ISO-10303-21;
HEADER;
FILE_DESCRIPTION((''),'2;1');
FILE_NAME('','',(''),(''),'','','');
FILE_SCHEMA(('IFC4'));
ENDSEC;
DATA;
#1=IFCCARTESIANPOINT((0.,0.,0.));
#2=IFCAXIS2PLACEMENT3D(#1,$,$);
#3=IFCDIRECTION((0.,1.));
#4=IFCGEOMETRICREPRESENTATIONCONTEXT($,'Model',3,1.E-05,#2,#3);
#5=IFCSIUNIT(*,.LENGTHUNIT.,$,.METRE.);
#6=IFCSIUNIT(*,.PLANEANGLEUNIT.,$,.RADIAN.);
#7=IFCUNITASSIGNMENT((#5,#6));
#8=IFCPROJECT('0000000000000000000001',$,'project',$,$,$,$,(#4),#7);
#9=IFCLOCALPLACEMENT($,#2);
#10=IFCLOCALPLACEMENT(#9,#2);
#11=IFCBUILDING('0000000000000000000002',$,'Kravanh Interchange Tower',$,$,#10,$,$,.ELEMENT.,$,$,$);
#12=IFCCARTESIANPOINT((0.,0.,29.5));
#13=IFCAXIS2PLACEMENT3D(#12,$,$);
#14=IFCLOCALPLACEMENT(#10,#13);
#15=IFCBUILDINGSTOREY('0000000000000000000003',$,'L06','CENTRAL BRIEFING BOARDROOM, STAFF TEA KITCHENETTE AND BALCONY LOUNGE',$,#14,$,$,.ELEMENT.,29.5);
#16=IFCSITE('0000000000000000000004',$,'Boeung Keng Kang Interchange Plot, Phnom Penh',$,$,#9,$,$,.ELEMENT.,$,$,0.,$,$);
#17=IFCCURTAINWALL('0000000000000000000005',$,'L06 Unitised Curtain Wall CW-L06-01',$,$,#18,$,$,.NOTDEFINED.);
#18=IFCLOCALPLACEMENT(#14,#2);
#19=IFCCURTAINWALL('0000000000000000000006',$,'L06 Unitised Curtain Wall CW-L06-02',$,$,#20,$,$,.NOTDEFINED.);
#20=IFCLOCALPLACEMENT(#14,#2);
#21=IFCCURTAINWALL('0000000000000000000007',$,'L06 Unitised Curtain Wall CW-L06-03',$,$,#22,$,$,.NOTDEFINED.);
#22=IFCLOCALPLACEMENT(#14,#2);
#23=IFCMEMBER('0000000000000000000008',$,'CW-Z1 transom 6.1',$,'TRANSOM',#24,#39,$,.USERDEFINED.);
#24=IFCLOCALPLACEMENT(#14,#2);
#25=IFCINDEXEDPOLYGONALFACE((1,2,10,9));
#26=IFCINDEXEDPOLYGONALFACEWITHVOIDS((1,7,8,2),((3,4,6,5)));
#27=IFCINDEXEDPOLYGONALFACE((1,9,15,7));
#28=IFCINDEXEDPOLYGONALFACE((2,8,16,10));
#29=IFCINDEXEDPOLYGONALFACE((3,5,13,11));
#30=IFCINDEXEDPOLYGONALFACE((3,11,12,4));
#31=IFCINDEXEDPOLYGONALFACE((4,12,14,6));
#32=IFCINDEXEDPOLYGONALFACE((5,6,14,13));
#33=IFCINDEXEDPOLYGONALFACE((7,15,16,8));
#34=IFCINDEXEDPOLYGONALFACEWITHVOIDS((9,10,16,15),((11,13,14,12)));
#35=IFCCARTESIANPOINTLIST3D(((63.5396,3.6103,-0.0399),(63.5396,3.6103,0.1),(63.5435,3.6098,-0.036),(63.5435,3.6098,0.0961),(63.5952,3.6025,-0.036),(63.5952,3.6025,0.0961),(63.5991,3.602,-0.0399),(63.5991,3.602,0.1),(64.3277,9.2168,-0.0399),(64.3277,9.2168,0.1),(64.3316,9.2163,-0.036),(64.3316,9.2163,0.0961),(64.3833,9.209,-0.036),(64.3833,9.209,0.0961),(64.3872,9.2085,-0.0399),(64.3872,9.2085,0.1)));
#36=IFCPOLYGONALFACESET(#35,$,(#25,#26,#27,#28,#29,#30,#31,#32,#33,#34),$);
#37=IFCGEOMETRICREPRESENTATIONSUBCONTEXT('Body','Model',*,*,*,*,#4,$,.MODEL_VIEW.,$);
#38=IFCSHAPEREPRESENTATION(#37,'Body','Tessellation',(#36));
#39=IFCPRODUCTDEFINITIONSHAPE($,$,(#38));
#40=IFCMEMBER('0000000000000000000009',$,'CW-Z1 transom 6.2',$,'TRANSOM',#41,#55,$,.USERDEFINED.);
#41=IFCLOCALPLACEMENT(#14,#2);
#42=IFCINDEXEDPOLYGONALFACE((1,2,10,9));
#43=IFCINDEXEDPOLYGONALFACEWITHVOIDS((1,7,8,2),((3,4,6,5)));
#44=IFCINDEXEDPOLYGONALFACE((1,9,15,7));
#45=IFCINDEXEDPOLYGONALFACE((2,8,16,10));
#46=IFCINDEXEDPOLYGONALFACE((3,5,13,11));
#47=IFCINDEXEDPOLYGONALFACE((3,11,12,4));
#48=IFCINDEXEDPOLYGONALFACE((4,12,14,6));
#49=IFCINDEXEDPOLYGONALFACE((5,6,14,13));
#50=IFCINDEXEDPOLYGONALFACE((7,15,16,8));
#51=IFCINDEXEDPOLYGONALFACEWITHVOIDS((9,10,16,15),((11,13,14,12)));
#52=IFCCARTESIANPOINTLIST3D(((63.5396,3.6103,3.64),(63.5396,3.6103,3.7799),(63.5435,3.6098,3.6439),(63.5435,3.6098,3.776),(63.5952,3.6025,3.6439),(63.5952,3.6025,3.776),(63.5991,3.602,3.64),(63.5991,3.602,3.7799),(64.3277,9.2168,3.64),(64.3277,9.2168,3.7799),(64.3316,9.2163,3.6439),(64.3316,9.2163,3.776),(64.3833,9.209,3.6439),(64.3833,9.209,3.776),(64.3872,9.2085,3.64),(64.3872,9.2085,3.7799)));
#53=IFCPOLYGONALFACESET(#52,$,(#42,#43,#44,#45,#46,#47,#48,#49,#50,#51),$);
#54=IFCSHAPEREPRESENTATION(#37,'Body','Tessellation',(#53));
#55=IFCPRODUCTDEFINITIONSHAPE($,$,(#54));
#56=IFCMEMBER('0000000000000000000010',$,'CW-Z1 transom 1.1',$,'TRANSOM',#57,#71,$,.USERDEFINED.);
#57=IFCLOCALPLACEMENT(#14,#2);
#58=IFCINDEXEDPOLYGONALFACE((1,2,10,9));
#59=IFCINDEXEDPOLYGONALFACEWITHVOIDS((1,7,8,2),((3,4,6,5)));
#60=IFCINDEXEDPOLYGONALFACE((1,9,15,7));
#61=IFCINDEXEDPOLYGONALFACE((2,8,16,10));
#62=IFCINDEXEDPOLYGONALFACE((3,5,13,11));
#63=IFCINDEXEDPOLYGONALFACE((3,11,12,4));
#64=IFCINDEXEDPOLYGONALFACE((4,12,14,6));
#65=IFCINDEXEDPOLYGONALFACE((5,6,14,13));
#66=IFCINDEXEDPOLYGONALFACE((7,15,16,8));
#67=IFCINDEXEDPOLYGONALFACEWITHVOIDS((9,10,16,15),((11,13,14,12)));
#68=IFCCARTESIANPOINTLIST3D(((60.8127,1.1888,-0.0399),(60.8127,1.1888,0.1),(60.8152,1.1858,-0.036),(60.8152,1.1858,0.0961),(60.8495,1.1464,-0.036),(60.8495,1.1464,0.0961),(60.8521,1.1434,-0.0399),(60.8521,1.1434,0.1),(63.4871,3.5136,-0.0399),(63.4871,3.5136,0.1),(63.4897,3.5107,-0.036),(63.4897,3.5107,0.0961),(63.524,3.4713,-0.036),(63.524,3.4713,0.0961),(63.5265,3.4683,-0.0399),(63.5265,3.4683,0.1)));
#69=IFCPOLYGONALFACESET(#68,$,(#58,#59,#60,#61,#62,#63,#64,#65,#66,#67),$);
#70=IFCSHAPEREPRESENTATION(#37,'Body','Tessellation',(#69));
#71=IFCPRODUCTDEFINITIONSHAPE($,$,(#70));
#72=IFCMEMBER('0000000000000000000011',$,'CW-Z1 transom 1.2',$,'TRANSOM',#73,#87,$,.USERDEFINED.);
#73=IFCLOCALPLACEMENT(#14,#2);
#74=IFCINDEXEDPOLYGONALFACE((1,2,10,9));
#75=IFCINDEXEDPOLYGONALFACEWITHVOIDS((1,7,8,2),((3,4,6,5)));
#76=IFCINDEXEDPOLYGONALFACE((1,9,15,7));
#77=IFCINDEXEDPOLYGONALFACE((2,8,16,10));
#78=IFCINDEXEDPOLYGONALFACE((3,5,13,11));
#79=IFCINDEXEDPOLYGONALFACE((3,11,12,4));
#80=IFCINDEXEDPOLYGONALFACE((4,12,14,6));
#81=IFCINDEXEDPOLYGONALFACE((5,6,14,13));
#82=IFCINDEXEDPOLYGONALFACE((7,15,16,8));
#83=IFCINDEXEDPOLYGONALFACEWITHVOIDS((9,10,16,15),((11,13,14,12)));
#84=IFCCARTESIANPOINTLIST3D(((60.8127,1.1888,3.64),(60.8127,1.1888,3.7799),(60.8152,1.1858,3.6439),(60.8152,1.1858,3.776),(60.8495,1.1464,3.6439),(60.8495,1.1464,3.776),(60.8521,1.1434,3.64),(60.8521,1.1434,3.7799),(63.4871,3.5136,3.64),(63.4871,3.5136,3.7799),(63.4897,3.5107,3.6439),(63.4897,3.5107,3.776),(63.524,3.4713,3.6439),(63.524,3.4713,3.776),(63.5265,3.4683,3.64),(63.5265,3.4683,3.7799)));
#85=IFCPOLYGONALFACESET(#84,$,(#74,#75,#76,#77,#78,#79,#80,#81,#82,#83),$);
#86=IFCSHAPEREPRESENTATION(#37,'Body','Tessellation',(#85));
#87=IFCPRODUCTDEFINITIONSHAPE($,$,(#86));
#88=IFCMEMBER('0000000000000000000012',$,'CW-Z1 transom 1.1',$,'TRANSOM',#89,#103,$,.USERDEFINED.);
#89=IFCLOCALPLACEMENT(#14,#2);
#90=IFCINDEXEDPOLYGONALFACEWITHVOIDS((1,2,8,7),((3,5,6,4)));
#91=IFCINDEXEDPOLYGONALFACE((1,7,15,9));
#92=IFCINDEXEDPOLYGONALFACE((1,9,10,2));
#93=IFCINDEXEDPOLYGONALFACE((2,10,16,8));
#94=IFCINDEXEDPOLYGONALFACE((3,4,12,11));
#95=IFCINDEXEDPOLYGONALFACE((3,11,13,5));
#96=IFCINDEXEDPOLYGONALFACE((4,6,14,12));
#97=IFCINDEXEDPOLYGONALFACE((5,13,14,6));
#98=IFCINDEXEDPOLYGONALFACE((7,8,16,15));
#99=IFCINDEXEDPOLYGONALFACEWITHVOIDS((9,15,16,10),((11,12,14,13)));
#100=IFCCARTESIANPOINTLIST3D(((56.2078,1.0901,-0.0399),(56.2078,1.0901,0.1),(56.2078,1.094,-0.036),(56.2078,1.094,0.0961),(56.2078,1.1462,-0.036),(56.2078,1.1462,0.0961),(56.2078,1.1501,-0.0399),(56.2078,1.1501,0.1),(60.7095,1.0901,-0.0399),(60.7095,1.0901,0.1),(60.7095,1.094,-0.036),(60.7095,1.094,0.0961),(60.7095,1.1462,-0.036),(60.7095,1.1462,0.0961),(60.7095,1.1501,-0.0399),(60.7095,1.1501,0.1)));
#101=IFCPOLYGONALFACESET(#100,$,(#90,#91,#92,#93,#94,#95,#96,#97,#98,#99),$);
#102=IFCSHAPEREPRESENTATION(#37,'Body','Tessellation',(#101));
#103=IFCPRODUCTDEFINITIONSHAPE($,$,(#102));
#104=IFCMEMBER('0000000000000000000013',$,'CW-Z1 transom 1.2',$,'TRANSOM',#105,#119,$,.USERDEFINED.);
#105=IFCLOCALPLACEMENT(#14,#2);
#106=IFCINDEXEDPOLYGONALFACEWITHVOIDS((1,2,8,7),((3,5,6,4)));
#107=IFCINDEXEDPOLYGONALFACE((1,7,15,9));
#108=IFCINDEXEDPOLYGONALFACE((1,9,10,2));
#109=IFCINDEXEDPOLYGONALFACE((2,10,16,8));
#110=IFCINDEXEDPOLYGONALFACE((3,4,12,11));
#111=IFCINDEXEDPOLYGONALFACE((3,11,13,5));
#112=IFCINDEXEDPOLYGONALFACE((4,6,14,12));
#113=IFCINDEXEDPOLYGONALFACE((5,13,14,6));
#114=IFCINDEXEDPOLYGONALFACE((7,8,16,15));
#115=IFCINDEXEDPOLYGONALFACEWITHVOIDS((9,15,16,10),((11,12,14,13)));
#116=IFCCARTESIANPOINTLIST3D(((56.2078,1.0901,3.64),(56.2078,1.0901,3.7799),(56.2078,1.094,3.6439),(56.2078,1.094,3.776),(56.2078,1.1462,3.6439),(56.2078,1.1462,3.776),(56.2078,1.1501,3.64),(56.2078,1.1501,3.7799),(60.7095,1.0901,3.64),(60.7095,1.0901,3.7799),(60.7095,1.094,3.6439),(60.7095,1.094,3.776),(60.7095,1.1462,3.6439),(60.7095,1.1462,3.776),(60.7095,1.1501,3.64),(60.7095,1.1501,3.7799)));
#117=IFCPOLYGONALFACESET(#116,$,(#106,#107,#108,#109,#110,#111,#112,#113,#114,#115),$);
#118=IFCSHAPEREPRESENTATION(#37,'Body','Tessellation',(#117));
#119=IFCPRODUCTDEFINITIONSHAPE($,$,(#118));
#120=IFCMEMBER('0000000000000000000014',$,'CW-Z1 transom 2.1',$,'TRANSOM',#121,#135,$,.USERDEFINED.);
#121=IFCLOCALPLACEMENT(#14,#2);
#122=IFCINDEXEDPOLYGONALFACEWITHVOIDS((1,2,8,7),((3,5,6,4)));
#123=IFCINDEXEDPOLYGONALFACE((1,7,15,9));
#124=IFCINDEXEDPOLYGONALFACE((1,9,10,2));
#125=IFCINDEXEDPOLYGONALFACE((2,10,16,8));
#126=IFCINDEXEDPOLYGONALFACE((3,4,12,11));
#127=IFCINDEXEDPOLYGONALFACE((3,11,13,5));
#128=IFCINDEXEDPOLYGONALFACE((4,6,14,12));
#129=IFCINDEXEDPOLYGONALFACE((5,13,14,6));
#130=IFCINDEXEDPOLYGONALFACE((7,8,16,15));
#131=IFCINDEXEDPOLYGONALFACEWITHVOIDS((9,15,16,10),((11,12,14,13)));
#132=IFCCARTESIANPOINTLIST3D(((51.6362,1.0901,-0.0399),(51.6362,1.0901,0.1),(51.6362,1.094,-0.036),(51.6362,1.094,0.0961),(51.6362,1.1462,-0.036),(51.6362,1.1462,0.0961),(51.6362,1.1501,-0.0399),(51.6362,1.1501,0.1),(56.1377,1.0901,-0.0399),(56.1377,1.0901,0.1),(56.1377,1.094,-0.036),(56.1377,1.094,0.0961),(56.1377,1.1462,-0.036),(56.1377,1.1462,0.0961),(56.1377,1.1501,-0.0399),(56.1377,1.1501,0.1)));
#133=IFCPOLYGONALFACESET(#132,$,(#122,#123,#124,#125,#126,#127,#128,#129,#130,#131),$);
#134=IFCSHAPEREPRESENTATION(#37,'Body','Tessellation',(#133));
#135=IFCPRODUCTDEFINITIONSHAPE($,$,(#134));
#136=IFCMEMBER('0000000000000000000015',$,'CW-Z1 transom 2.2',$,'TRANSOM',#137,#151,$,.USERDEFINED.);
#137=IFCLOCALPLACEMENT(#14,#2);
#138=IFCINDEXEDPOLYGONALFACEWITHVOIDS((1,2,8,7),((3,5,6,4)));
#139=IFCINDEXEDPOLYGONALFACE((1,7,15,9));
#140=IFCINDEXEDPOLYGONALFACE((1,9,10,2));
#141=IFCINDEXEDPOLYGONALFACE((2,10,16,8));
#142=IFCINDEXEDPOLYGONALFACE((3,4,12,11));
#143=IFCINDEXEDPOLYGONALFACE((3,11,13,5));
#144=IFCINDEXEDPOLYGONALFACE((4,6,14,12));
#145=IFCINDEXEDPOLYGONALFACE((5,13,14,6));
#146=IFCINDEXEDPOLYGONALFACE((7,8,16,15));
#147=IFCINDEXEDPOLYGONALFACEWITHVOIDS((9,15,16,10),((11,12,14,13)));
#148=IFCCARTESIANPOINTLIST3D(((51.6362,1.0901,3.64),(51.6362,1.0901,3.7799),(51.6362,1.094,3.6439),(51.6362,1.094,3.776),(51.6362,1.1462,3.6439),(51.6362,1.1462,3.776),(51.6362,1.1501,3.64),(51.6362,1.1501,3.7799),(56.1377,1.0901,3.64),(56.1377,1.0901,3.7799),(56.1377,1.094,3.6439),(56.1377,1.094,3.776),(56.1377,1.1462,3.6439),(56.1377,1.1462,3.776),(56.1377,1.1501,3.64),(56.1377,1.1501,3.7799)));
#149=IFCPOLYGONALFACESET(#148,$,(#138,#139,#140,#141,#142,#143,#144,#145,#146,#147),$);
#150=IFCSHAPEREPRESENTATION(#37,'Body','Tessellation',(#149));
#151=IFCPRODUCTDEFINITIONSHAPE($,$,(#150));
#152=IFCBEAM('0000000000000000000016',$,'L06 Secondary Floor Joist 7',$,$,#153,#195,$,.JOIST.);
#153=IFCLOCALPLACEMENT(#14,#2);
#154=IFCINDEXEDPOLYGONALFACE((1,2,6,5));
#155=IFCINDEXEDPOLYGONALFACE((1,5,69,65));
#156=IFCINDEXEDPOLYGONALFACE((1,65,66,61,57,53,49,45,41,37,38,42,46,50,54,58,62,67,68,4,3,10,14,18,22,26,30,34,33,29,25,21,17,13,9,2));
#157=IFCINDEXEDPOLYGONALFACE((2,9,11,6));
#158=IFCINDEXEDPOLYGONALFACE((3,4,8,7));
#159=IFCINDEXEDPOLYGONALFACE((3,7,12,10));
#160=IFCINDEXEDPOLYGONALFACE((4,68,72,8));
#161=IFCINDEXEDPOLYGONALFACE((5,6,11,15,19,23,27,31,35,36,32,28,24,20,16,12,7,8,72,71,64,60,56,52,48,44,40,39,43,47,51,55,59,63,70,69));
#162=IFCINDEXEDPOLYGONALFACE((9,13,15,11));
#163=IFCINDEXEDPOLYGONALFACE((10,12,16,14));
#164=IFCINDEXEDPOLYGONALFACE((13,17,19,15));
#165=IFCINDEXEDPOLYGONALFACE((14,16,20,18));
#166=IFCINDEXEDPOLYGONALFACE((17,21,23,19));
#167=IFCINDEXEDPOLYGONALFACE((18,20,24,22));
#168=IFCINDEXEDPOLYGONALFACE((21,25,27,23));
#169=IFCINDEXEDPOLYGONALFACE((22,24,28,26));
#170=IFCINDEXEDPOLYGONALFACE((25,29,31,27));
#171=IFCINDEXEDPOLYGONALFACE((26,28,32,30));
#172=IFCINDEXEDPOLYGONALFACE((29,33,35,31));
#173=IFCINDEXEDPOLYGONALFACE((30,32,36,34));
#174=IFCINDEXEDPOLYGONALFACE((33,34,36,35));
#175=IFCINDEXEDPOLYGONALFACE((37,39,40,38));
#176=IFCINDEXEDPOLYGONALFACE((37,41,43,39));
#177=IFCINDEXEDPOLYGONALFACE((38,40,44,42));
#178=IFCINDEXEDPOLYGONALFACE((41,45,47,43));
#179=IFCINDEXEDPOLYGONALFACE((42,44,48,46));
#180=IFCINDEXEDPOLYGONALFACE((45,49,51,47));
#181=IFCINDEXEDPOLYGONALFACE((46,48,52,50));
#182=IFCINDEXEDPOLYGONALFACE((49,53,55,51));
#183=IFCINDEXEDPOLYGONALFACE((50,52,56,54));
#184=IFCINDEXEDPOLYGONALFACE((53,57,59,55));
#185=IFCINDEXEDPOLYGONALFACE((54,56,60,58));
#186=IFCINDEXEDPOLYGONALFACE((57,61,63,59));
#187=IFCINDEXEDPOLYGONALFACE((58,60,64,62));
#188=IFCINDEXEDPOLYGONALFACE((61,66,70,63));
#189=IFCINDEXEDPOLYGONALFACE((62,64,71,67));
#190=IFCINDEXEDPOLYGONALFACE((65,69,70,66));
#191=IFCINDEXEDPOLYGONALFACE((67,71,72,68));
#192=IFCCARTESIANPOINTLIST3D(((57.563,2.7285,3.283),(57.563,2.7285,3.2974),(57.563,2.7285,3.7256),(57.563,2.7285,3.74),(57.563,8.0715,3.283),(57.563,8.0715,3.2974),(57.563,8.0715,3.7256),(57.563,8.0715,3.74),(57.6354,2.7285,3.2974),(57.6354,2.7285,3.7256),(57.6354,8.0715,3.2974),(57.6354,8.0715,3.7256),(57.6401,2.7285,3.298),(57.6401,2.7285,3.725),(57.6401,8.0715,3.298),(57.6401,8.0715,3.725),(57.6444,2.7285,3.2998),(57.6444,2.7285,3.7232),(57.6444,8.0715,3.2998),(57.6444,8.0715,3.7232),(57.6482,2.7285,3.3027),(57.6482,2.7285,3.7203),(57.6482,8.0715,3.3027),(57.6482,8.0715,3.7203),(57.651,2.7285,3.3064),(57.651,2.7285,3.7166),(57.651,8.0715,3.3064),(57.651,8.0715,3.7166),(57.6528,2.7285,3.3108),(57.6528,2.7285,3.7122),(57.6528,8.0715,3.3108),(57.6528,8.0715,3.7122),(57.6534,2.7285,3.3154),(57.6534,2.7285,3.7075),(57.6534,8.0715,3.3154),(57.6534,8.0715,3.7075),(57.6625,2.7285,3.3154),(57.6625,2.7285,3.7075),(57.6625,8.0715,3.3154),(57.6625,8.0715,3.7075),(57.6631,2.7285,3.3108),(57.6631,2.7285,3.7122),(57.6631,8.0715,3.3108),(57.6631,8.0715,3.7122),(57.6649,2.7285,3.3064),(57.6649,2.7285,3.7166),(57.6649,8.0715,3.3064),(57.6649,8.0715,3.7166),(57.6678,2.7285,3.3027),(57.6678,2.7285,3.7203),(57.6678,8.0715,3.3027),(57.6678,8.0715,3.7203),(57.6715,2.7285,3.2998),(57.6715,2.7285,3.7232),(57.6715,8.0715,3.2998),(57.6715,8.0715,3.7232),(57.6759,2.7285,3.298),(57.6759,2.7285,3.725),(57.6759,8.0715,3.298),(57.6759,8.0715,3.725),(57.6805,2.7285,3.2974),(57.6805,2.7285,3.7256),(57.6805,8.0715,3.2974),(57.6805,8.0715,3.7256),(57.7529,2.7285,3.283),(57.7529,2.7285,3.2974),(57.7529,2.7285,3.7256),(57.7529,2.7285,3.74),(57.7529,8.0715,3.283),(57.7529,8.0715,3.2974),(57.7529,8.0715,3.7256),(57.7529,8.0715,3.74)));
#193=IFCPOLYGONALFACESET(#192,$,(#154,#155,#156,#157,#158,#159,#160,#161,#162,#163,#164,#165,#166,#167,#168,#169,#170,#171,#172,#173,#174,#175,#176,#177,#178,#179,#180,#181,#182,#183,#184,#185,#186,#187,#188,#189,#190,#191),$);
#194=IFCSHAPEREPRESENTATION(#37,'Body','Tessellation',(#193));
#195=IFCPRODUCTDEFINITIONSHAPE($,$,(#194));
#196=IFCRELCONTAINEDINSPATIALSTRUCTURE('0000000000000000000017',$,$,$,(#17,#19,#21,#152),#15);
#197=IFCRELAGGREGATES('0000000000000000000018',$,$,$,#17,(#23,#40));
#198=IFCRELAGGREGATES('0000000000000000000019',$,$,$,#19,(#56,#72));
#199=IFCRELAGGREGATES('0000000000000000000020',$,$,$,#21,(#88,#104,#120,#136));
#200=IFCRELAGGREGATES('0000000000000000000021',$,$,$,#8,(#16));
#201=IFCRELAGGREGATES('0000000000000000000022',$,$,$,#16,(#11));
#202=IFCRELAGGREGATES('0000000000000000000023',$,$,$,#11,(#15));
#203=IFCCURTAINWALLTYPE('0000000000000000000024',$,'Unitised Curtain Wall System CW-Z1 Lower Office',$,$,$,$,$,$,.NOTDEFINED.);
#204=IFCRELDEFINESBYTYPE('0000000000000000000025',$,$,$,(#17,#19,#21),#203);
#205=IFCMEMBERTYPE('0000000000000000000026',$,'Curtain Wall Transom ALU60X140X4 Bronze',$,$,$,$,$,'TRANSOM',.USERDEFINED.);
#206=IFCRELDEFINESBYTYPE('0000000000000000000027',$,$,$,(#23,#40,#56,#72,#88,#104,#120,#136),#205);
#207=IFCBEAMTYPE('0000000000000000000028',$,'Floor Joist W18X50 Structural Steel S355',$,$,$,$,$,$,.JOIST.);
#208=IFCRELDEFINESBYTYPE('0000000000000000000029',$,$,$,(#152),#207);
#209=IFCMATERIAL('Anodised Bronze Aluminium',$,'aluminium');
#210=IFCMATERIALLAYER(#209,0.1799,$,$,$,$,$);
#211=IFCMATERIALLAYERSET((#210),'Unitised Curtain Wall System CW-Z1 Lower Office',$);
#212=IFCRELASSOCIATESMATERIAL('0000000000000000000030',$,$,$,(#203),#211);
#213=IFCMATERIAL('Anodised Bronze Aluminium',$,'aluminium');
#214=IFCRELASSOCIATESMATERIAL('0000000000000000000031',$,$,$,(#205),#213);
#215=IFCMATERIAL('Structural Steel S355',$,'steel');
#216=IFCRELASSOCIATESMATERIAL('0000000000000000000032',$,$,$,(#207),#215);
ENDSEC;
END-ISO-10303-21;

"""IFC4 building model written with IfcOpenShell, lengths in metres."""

from ifc_helpers import new_model, si_unit, direction, frame, origin, origin_2d, place, context, subcontext, project, spatial, hollow_rectangle, i_section, extrude, material, layer, layer_set, material_profile, profile_set, type_object, element, aggregate, save


model = new_model("IFC4")

# Units and contexts
model_context = context("Model", 3, precision=1e-05, world=origin(), true_north=direction((0.0, 1.0)))
body_context = subcontext(model_context, "Body", "Model", "MODEL_VIEW")
ifc_project = project(units=[si_unit("LENGTHUNIT", "METRE"), si_unit("PLANEANGLEUNIT", "RADIAN")], contexts=[model_context])

# Site, building, storey
site_placement = place(None, origin())
site = spatial("IfcSite", under=ifc_project, at=site_placement, Name="Boeung Keng Kang Interchange Plot, Phnom Penh", CompositionType="ELEMENT", RefElevation=0.0)
building_placement = place(site_placement, origin())
building = spatial("IfcBuilding", under=site, at=building_placement, Name="Kravanh Interchange Tower", CompositionType="ELEMENT")
storey_placement = place(building_placement, frame((0.0, 0.0, 29.5)))
storey = spatial("IfcBuildingStorey", under=building, at=storey_placement, Name="L06", Description="CENTRAL BRIEFING BOARDROOM, STAFF TEA KITCHENETTE AND BALCONY LOUNGE", CompositionType="ELEMENT", Elevation=29.5)

# Curtain wall
ifc_material_1 = material(Name="Anodised Bronze Aluminium", Category="aluminium")
ifc_layer_1 = layer(ifc_material_1, 0.1799)
ifc_layer_set_1 = layer_set([ifc_layer_1], Name="Unitised Curtain Wall System CW-Z1 Lower Office")
curtain_wall_type = type_object("IfcCurtainWallType", Name="Unitised Curtain Wall System CW-Z1 Lower Office", PredefinedType="NOTDEFINED", material=ifc_layer_set_1)
curtain_wall_1_placement = place(storey_placement, origin())
curtain_wall_1 = element("IfcCurtainWall", 1, at=curtain_wall_1_placement, inside=storey, type_object=curtain_wall_type, Name="L06 Unitised Curtain Wall CW-L06-01", PredefinedType="NOTDEFINED")

# Curtain walls
curtain_wall_2_placement = place(storey_placement, origin())
curtain_wall_2 = element("IfcCurtainWall", 2, at=curtain_wall_2_placement, inside=storey, type_object=curtain_wall_type, Name="L06 Unitised Curtain Wall CW-L06-02", PredefinedType="NOTDEFINED")
curtain_wall_3_placement = place(storey_placement, origin())
curtain_wall_3 = element("IfcCurtainWall", 3, at=curtain_wall_3_placement, inside=storey, type_object=curtain_wall_type, Name="L06 Unitised Curtain Wall CW-L06-03", PredefinedType="NOTDEFINED")

# Members
ifc_material_2 = material(Name="Anodised Bronze Aluminium", Category="aluminium")
ifc_material_profile_1 = material_profile(ifc_material_2, hollow_rectangle(XDim=0.0601, YDim=0.1399, WallThickness=0.0039, at=origin_2d()), Name="ALU60X140X4")
ifc_profile_set_1 = profile_set([ifc_material_profile_1], Name="Anodised Bronze Aluminium")
member_type_1 = type_object("IfcMemberType", Name="Curtain Wall Transom ALU60X140X4 Bronze", ElementType="TRANSOM", PredefinedType="USERDEFINED", material=ifc_profile_set_1)
member_1_placement = place(storey_placement, frame((64.3574, 9.2126, 0.03), z_axis=(-0.139199, -0.990264, 0.0), x_axis=(0.990264, -0.139199, 0.0)))
member_1 = element("IfcMember", 4, at=member_1_placement, type_object=member_type_1, Name="CW-Z1 transom 6.1", ObjectType="TRANSOM", PredefinedType="USERDEFINED", context=body_context, shape_type="SweptSolid", body=[
    extrude(hollow_rectangle(XDim=0.0601, YDim=0.1399, WallThickness=0.0039, at=origin_2d()), origin(), (0.0, 0.0, 1.0), 5.6616),
])
member_2_placement = place(storey_placement, frame((64.3574, 9.2126, 3.71), z_axis=(-0.139199, -0.990264, 0.0), x_axis=(0.990264, -0.139199, 0.0)))
member_2 = element("IfcMember", 5, at=member_2_placement, type_object=member_type_1, Name="CW-Z1 transom 6.2", ObjectType="TRANSOM", PredefinedType="USERDEFINED", context=body_context, shape_type="SweptSolid", body=[
    extrude(hollow_rectangle(XDim=0.0601, YDim=0.1399, WallThickness=0.0039, at=origin_2d()), origin(), (0.0, 0.0, 1.0), 5.6616),
])
member_3_placement = place(storey_placement, frame((63.5068, 3.491, 0.03), z_axis=(-0.754711, -0.656058, 0.0), x_axis=(0.656058, -0.754711, 0.0)))
member_3 = element("IfcMember", 6, at=member_3_placement, type_object=member_type_1, Name="CW-Z1 transom 1.1", ObjectType="TRANSOM", PredefinedType="USERDEFINED", context=body_context, shape_type="SweptSolid", body=[
    extrude(hollow_rectangle(XDim=0.0601, YDim=0.1399, WallThickness=0.0039, at=origin_2d()), origin(), (0.0, 0.0, 1.0), 3.5437),
])
member_4_placement = place(storey_placement, frame((63.5068, 3.491, 3.71), z_axis=(-0.754711, -0.656058, 0.0), x_axis=(0.656058, -0.754711, 0.0)))
member_4 = element("IfcMember", 7, at=member_4_placement, type_object=member_type_1, Name="CW-Z1 transom 1.2", ObjectType="TRANSOM", PredefinedType="USERDEFINED", context=body_context, shape_type="SweptSolid", body=[
    extrude(hollow_rectangle(XDim=0.0601, YDim=0.1399, WallThickness=0.0039, at=origin_2d()), origin(), (0.0, 0.0, 1.0), 3.5437),
])
member_5_placement = place(storey_placement, frame((60.7095, 1.1201, 0.03), z_axis=(-1.0, 0.0, 0.0), x_axis=(0.0, -1.0, 0.0)))
member_5 = element("IfcMember", 8, at=member_5_placement, type_object=member_type_1, Name="CW-Z1 transom 1.1", ObjectType="TRANSOM", PredefinedType="USERDEFINED", context=body_context, shape_type="SweptSolid", body=[
    extrude(hollow_rectangle(XDim=0.0601, YDim=0.1399, WallThickness=0.0039, at=origin_2d()), origin(), (0.0, 0.0, 1.0), 4.5017),
])
member_6_placement = place(storey_placement, frame((60.7095, 1.1201, 3.71), z_axis=(-1.0, 0.0, 0.0), x_axis=(0.0, -1.0, 0.0)))
member_6 = element("IfcMember", 9, at=member_6_placement, type_object=member_type_1, Name="CW-Z1 transom 1.2", ObjectType="TRANSOM", PredefinedType="USERDEFINED", context=body_context, shape_type="SweptSolid", body=[
    extrude(hollow_rectangle(XDim=0.0601, YDim=0.1399, WallThickness=0.0039, at=origin_2d()), origin(), (0.0, 0.0, 1.0), 4.5017),
])
member_7_placement = place(storey_placement, frame((56.1377, 1.1201, 0.03), z_axis=(-1.0, 0.0, 0.0), x_axis=(0.0, -1.0, 0.0)))
member_7 = element("IfcMember", 10, at=member_7_placement, type_object=member_type_1, Name="CW-Z1 transom 2.1", ObjectType="TRANSOM", PredefinedType="USERDEFINED", context=body_context, shape_type="SweptSolid", body=[
    extrude(hollow_rectangle(XDim=0.0601, YDim=0.1399, WallThickness=0.0039, at=origin_2d()), origin(), (0.0, 0.0, 1.0), 4.5015),
])
member_8_placement = place(storey_placement, frame((56.1377, 1.1201, 3.71), z_axis=(-1.0, 0.0, 0.0), x_axis=(0.0, -1.0, 0.0)))
member_8 = element("IfcMember", 11, at=member_8_placement, type_object=member_type_1, Name="CW-Z1 transom 2.2", ObjectType="TRANSOM", PredefinedType="USERDEFINED", context=body_context, shape_type="SweptSolid", body=[
    extrude(hollow_rectangle(XDim=0.0601, YDim=0.1399, WallThickness=0.0039, at=origin_2d()), origin(), (0.0, 0.0, 1.0), 4.5015),
])

# Beam
ifc_material_3 = material(Name="Structural Steel S355", Category="steel")
ifc_material_profile_2 = material_profile(ifc_material_3, i_section(OverallWidth=0.1899, OverallDepth=0.457, WebThickness=0.009, FlangeThickness=0.0144, FilletRadius=0.0181, at=origin_2d()), Name="W18X50")
ifc_profile_set_2 = profile_set([ifc_material_profile_2], Name="Structural Steel S355")
beam_type_1 = type_object("IfcBeamType", Name="Floor Joist W18X50 Structural Steel S355", PredefinedType="JOIST", material=ifc_profile_set_2)
for number, where, z_axis, x_axis, name in (
    (12, (57.658, 2.7285, 3.5115), (0.0, 1.0, 0.0), (-1.0, 0.0, 0.0), "L06 Secondary Floor Joist 7"),
):
    element("IfcBeam", number, at=place(storey_placement, frame(where, z_axis=z_axis, x_axis=x_axis)), inside=storey, type_object=beam_type_1, Name=name, PredefinedType="JOIST", context=body_context, shape_type="SweptSolid", body=[
        extrude(i_section(OverallWidth=0.1899, OverallDepth=0.457, WebThickness=0.009, FlangeThickness=0.0144, FilletRadius=0.0181, at=origin_2d()), origin(), (0.0, 0.0, 1.0), 5.343),
    ])

aggregate(curtain_wall_1, [member_1, member_2])
aggregate(curtain_wall_2, [member_3, member_4])
aggregate(curtain_wall_3, [member_5, member_6, member_7, member_8])

save(model, "model.ifc")
